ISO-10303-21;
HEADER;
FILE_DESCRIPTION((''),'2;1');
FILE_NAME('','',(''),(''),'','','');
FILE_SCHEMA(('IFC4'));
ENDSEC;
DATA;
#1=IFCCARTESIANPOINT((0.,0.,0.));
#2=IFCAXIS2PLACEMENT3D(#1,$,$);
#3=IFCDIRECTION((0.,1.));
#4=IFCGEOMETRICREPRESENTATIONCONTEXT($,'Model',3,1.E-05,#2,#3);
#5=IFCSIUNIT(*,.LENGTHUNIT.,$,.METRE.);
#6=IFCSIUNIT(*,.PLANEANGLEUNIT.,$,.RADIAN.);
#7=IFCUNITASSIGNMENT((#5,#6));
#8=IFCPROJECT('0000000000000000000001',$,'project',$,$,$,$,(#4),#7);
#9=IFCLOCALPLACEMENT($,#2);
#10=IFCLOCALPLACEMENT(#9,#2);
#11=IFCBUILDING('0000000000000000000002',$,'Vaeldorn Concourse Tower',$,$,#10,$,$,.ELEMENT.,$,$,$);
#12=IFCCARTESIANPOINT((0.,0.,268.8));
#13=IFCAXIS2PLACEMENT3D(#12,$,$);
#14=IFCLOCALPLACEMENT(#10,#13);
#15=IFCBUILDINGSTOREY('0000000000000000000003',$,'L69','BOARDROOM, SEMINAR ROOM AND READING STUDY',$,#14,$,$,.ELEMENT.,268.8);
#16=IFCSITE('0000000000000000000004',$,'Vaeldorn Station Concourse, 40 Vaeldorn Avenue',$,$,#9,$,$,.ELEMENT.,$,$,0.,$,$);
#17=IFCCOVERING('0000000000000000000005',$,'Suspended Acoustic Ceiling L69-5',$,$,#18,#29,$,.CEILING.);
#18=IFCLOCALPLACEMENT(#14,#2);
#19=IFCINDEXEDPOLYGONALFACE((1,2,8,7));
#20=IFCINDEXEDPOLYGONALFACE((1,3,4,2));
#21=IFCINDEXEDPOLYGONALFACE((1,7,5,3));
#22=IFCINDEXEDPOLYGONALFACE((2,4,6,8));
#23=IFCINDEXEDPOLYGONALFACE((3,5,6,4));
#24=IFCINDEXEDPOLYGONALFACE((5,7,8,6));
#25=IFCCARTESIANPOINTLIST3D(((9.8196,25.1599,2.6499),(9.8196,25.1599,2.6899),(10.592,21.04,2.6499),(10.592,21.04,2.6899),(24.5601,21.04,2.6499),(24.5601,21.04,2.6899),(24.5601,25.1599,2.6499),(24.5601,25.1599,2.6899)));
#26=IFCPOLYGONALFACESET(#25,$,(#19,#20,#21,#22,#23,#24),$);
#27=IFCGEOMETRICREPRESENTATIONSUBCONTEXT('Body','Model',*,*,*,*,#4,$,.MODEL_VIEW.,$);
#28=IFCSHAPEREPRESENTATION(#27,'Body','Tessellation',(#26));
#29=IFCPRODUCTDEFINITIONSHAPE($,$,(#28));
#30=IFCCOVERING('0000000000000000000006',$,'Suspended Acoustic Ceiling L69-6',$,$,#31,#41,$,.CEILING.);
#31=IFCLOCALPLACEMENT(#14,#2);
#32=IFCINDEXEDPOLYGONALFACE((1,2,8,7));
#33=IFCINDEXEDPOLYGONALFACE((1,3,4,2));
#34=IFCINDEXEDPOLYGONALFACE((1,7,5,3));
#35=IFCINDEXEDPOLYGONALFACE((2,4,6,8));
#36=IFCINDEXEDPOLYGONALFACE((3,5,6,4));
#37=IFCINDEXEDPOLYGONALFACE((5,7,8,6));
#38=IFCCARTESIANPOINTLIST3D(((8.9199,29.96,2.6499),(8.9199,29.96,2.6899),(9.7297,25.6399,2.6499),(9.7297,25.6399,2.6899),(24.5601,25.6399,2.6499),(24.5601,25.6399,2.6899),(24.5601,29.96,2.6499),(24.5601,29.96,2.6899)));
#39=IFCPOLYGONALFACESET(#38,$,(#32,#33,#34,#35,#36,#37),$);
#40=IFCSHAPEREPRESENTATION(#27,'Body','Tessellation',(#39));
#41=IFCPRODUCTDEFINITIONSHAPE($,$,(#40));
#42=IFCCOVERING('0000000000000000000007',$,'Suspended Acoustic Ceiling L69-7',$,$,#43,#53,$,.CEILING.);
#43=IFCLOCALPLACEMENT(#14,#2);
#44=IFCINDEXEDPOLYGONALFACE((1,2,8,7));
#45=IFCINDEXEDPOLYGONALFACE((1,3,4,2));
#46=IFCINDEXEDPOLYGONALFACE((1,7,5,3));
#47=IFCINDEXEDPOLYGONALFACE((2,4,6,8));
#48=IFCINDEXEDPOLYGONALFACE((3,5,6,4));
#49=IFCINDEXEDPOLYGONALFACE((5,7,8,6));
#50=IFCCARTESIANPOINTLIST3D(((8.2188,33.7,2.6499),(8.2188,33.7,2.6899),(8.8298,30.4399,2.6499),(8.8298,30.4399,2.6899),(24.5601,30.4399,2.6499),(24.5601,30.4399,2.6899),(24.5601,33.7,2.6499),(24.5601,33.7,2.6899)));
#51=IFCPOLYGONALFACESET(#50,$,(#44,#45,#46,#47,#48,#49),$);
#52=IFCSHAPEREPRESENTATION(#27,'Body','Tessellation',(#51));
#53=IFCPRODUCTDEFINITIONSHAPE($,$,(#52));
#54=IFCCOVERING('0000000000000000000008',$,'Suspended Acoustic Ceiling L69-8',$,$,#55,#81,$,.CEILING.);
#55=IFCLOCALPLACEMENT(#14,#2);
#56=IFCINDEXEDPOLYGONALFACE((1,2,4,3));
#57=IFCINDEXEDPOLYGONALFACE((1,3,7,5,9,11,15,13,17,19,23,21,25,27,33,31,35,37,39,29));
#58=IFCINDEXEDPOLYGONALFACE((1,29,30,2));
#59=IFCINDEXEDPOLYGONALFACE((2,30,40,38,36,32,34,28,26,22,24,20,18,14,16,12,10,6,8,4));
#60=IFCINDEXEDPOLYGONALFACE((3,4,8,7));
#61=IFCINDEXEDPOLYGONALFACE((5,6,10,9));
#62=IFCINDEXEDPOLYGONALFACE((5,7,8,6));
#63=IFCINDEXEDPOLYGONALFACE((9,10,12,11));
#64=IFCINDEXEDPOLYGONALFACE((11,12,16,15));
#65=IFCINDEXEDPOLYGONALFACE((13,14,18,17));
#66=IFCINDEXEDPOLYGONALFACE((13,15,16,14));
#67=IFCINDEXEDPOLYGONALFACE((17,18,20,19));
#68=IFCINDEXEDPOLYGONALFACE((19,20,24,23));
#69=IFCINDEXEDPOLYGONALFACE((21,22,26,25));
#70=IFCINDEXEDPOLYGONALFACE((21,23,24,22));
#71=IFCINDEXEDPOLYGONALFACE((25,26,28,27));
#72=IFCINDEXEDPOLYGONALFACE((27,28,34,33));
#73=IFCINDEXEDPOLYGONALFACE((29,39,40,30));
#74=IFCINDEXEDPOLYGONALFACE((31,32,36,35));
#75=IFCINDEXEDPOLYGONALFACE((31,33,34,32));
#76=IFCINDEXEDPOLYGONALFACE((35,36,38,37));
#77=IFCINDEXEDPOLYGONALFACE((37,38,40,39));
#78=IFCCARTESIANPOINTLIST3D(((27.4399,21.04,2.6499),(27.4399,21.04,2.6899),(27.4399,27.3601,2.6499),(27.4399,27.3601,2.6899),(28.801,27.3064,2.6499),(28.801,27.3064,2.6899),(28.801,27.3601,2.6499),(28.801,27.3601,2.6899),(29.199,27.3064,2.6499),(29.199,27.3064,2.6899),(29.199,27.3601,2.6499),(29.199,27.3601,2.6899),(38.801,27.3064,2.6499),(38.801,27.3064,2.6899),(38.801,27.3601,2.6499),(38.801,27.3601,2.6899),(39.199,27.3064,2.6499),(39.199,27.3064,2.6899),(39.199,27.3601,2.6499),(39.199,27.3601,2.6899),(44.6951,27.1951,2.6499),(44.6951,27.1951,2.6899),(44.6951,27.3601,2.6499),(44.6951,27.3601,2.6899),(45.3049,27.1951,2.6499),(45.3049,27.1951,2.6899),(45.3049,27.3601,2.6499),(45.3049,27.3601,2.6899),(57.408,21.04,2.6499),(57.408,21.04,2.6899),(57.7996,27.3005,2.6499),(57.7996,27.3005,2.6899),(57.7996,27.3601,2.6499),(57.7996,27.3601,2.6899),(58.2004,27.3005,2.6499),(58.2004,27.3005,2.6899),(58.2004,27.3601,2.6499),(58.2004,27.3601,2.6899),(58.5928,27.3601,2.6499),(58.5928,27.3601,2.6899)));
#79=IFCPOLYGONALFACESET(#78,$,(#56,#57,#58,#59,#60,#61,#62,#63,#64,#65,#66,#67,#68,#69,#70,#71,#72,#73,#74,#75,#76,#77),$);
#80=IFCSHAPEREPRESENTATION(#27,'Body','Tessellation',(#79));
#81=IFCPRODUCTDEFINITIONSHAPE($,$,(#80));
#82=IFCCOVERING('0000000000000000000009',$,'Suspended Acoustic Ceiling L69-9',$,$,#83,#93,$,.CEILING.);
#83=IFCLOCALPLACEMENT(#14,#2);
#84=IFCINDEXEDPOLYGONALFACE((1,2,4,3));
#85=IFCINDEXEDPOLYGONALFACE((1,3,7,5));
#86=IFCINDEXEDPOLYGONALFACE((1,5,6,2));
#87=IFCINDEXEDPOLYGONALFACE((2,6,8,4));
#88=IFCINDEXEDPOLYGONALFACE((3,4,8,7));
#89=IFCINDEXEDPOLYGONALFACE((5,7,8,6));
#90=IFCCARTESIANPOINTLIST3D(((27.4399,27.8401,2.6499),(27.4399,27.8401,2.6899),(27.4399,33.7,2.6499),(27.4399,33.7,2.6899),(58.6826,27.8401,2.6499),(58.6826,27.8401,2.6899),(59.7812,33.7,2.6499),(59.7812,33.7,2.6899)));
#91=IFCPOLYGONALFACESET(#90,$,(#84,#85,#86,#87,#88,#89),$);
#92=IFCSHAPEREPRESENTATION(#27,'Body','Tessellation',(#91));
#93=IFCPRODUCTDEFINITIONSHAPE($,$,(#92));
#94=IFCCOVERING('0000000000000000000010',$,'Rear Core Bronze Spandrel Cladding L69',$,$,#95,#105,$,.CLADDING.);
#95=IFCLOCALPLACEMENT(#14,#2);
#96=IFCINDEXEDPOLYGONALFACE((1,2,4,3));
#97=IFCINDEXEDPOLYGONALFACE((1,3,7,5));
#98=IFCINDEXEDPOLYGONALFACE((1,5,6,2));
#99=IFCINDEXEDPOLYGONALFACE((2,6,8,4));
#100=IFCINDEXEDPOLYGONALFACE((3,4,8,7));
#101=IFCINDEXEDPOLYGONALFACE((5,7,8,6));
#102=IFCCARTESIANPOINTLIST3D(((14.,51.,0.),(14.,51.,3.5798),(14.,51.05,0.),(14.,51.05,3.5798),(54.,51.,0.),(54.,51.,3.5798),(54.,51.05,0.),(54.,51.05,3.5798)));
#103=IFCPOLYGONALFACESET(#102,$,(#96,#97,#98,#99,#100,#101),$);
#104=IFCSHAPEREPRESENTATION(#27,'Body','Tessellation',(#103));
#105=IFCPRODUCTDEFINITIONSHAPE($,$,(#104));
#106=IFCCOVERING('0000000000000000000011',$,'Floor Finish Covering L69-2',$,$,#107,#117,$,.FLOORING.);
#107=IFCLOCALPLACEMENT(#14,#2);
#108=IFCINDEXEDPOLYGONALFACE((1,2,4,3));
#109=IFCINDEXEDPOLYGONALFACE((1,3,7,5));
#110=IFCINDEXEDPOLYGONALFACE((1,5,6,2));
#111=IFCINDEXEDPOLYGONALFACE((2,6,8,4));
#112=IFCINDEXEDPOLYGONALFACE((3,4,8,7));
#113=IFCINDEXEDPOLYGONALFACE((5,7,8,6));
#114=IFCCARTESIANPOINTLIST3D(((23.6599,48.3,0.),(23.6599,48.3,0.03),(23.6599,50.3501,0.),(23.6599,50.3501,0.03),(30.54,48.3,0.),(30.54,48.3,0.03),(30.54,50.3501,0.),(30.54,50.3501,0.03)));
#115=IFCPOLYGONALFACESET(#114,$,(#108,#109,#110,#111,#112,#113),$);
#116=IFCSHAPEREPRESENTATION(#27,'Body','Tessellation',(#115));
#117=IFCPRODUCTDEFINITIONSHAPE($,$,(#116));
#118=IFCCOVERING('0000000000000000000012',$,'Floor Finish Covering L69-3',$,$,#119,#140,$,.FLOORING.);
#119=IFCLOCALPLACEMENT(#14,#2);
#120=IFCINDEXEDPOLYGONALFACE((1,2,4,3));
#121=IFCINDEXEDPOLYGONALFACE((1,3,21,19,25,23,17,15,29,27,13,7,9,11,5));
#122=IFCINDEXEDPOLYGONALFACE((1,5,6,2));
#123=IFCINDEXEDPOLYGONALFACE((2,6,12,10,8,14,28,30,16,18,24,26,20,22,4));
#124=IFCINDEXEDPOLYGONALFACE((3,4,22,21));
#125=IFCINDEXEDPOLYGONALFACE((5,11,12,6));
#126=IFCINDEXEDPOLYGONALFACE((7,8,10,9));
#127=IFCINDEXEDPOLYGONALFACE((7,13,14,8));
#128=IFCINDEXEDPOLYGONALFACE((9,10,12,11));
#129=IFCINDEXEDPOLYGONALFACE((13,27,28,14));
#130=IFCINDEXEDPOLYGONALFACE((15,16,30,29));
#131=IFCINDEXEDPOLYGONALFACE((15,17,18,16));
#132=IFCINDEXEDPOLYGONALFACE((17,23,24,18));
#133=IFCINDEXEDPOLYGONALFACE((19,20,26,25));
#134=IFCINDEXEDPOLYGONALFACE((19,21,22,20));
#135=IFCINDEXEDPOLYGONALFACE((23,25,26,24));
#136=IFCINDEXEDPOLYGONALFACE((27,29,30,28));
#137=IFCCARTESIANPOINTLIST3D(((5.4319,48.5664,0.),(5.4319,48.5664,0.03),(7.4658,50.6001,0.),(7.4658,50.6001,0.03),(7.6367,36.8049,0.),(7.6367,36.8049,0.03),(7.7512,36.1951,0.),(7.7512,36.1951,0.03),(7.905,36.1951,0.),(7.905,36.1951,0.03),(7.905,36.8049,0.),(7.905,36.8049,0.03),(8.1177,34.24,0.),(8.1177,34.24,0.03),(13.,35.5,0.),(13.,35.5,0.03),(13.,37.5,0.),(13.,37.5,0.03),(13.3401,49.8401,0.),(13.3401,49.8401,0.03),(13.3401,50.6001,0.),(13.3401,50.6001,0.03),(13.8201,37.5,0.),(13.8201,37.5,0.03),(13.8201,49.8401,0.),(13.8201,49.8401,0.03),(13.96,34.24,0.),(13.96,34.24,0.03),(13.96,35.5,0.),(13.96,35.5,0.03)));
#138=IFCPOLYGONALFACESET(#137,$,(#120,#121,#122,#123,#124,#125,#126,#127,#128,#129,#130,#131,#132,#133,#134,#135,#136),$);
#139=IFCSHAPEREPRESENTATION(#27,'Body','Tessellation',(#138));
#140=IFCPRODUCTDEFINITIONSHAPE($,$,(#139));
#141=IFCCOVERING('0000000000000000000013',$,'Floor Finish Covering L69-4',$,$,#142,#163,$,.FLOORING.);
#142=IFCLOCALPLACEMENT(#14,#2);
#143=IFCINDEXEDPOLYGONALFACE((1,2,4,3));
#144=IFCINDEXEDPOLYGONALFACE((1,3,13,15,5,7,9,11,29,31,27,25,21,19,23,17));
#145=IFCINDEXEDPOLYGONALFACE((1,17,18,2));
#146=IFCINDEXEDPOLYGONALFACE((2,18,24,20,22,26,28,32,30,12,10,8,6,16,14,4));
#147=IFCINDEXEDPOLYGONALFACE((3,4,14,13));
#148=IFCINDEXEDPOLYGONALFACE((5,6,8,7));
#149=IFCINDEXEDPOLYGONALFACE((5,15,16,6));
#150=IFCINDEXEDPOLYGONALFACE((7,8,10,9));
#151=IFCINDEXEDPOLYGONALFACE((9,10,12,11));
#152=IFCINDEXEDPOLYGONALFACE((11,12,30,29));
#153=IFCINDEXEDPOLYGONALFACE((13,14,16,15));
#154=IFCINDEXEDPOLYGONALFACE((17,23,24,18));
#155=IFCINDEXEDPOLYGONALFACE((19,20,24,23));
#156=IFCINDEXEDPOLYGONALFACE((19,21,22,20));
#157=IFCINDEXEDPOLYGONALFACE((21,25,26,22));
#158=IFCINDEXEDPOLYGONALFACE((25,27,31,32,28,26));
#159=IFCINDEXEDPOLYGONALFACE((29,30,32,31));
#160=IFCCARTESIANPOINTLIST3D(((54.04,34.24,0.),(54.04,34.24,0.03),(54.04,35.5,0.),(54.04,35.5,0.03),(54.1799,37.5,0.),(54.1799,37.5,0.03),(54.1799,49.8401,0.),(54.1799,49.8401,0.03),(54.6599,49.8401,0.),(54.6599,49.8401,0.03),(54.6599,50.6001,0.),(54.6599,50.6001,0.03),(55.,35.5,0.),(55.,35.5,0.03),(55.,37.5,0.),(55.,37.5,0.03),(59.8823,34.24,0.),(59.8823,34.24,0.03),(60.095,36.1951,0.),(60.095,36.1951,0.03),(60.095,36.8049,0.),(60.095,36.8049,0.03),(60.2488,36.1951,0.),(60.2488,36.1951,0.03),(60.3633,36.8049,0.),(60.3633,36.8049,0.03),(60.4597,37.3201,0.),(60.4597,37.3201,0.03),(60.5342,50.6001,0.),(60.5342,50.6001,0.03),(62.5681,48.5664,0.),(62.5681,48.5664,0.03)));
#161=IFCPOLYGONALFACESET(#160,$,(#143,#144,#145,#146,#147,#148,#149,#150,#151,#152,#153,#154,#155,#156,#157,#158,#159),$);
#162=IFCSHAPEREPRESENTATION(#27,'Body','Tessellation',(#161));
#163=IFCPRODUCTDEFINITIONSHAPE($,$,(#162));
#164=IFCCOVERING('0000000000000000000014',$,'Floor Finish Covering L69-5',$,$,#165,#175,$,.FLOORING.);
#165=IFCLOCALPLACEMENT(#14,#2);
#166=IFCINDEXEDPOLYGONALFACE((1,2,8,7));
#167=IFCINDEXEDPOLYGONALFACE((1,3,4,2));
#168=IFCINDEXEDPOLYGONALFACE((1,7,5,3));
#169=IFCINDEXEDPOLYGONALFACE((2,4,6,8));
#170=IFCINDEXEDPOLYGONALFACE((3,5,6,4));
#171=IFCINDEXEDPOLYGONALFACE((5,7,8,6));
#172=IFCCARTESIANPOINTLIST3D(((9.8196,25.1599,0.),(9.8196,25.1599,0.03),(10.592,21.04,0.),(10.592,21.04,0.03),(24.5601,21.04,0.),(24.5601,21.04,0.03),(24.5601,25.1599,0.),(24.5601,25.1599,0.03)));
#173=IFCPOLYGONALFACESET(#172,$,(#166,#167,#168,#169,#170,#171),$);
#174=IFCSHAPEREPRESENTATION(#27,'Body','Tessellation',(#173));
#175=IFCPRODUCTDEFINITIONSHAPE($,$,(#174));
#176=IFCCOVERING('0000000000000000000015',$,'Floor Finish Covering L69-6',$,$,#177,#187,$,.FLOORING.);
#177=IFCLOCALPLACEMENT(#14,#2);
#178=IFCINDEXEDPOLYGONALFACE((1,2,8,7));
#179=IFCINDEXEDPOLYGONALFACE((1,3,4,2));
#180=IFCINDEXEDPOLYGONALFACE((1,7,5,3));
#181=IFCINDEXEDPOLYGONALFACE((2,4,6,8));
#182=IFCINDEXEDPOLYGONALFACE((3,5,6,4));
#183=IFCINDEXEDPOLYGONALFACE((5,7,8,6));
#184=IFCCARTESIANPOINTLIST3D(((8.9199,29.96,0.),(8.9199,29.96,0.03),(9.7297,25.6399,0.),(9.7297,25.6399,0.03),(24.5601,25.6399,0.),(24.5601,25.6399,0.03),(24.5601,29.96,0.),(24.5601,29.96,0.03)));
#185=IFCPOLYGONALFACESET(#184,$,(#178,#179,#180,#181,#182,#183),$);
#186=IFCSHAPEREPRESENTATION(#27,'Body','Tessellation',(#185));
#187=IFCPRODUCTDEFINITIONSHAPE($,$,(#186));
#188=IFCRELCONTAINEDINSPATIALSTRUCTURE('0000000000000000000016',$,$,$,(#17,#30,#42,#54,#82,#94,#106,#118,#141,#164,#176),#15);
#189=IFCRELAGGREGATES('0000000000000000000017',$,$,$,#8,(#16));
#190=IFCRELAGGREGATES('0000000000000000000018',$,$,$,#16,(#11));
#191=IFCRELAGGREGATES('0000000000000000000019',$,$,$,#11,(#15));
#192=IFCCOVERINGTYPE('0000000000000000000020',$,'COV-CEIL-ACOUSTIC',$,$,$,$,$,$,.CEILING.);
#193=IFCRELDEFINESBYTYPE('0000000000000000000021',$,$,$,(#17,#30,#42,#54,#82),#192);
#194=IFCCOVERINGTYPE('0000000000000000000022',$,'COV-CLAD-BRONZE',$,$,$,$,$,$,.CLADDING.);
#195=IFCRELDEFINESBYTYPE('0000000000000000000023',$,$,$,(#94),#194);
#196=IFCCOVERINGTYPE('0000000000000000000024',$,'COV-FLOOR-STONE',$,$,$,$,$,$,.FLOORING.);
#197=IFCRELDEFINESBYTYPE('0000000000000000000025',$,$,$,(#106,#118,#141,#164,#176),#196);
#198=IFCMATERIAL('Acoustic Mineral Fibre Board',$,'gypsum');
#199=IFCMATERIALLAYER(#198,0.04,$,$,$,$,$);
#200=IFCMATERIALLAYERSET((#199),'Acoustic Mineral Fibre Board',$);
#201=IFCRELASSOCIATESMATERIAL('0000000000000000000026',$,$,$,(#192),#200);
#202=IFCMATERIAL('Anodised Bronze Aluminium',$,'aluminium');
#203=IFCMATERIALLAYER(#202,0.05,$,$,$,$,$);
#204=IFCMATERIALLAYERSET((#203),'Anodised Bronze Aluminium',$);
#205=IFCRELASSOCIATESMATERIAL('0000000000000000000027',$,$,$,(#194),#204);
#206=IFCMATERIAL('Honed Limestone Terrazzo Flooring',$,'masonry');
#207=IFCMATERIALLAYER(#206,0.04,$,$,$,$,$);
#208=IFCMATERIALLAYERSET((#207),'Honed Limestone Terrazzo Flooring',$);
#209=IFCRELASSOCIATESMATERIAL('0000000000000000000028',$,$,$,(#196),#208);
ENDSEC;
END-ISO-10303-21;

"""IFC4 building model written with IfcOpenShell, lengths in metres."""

from ifc_helpers import new_model, si_unit, direction, frame, origin, place, context, subcontext, project, spatial, polyline, outline, extrude, material, layer, layer_set, type_object, element, save


model = new_model("IFC4")

# Units and contexts
model_context = context("Model", 3, precision=1e-05, world=origin(), true_north=direction((0.0, 1.0)))
body_context = subcontext(model_context, "Body", "Model", "MODEL_VIEW")
ifc_project = project(units=[si_unit("LENGTHUNIT", "METRE"), si_unit("PLANEANGLEUNIT", "RADIAN")], contexts=[model_context])

# Site, building, storey
site_placement = place(None, origin())
site = spatial("IfcSite", under=ifc_project, at=site_placement, Name="Vaeldorn Station Concourse, 40 Vaeldorn Avenue", CompositionType="ELEMENT", RefElevation=0.0)
building_placement = place(site_placement, origin())
building = spatial("IfcBuilding", under=site, at=building_placement, Name="Vaeldorn Concourse Tower", CompositionType="ELEMENT")
storey_placement = place(building_placement, frame((0.0, 0.0, 268.8)))
storey = spatial("IfcBuildingStorey", under=building, at=storey_placement, Name="L69", Description="BOARDROOM, SEMINAR ROOM AND READING STUDY", CompositionType="ELEMENT", Elevation=268.8)

# Coverings
ifc_material_1 = material(Name="Acoustic Mineral Fibre Board", Category="gypsum")
ifc_layer_1 = layer(ifc_material_1, 0.04)
ifc_layer_set_1 = layer_set([ifc_layer_1], Name="Acoustic Mineral Fibre Board")
covering_type_1 = type_object("IfcCoveringType", Name="COV-CEIL-ACOUSTIC", PredefinedType="CEILING", material=ifc_layer_set_1)
covering_1_placement = place(storey_placement, frame((0.0, 0.0, 2.6499)))
element("IfcCovering", 1, at=covering_1_placement, inside=storey, type_object=covering_type_1, Name="Suspended Acoustic Ceiling L69-5", PredefinedType="CEILING", context=body_context, shape_type="SweptSolid", body=[
    extrude(outline(polyline([(24.5601, 25.1599), (24.5601, 21.04), (10.592, 21.04), (9.8196, 25.1599), (24.5601, 25.1599)])), origin(), (0.0, 0.0, 1.0), 0.04),
])
covering_2_placement = place(storey_placement, frame((0.0, 0.0, 2.6499)))
element("IfcCovering", 2, at=covering_2_placement, inside=storey, type_object=covering_type_1, Name="Suspended Acoustic Ceiling L69-6", PredefinedType="CEILING", context=body_context, shape_type="SweptSolid", body=[
    extrude(outline(polyline([(24.5601, 29.96), (24.5601, 25.6399), (9.7297, 25.6399), (8.9199, 29.96), (24.5601, 29.96)])), origin(), (0.0, 0.0, 1.0), 0.04),
])
covering_3_placement = place(storey_placement, frame((0.0, 0.0, 2.6499)))
element("IfcCovering", 3, at=covering_3_placement, inside=storey, type_object=covering_type_1, Name="Suspended Acoustic Ceiling L69-7", PredefinedType="CEILING", context=body_context, shape_type="SweptSolid", body=[
    extrude(outline(polyline([(24.5601, 33.7), (24.5601, 30.4399), (8.8298, 30.4399), (8.2188, 33.7), (24.5601, 33.7)])), origin(), (0.0, 0.0, 1.0), 0.04),
])
covering_4_placement = place(storey_placement, frame((0.0, 0.0, 2.6499)))
element("IfcCovering", 4, at=covering_4_placement, inside=storey, type_object=covering_type_1, Name="Suspended Acoustic Ceiling L69-8", PredefinedType="CEILING", context=body_context, shape_type="SweptSolid", body=[
    extrude(outline(polyline([(57.408, 21.04), (27.4399, 21.04), (27.4399, 27.3601), (28.801, 27.3601), (28.801, 27.3064), (29.199, 27.3064), (29.199, 27.3601), (38.801, 27.3601), (38.801, 27.3064), (39.199, 27.3064), (39.199, 27.3601), (44.6951, 27.3601), (44.6951, 27.1951), (45.3049, 27.1951), (45.3049, 27.3601), (57.7996, 27.3601), (57.7996, 27.3005), (58.2004, 27.3005), (58.2004, 27.3601), (58.5928, 27.3601), (57.408, 21.04)])), origin(), (0.0, 0.0, 1.0), 0.04),
])
covering_5_placement = place(storey_placement, frame((0.0, 0.0, 2.6499)))
element("IfcCovering", 5, at=covering_5_placement, inside=storey, type_object=covering_type_1, Name="Suspended Acoustic Ceiling L69-9", PredefinedType="CEILING", context=body_context, shape_type="SweptSolid", body=[
    extrude(outline(polyline([(27.4399, 33.7), (59.7812, 33.7), (58.6826, 27.8401), (27.4399, 27.8401), (27.4399, 33.7)])), origin(), (0.0, 0.0, 1.0), 0.04),
])
ifc_material_2 = material(Name="Anodised Bronze Aluminium", Category="aluminium")
ifc_layer_2 = layer(ifc_material_2, 0.05)
ifc_layer_set_2 = layer_set([ifc_layer_2], Name="Anodised Bronze Aluminium")
covering_type_2 = type_object("IfcCoveringType", Name="COV-CLAD-BRONZE", PredefinedType="CLADDING", material=ifc_layer_set_2)
covering_6_placement = place(storey_placement, origin())
element("IfcCovering", 6, at=covering_6_placement, inside=storey, type_object=covering_type_2, Name="Rear Core Bronze Spandrel Cladding L69", PredefinedType="CLADDING", context=body_context, shape_type="SweptSolid", body=[
    extrude(outline(polyline([(14.0, 51.0), (54.0, 51.0), (54.0, 51.05), (14.0, 51.05), (14.0, 51.0)])), origin(), (0.0, 0.0, 1.0), 3.5798),
])
ifc_material_3 = material(Name="Honed Limestone Terrazzo Flooring", Category="masonry")
ifc_layer_3 = layer(ifc_material_3, 0.04)
ifc_layer_set_3 = layer_set([ifc_layer_3], Name="Honed Limestone Terrazzo Flooring")
covering_type_3 = type_object("IfcCoveringType", Name="COV-FLOOR-STONE", PredefinedType="FLOORING", material=ifc_layer_set_3)
covering_7_placement = place(storey_placement, origin())
element("IfcCovering", 7, at=covering_7_placement, inside=storey, type_object=covering_type_3, Name="Floor Finish Covering L69-2", PredefinedType="FLOORING", context=body_context, shape_type="SweptSolid", body=[
    extrude(outline(polyline([(30.54, 50.3501), (30.54, 48.3), (23.6599, 48.3), (23.6599, 50.3501), (30.54, 50.3501)])), origin(), (0.0, 0.0, 1.0), 0.03),
])
covering_8_placement = place(storey_placement, origin())
element("IfcCovering", 8, at=covering_8_placement, inside=storey, type_object=covering_type_3, Name="Floor Finish Covering L69-3", PredefinedType="FLOORING", context=body_context, shape_type="SweptSolid", body=[
    extrude(outline(polyline([(7.4658, 50.6001), (13.3401, 50.6001), (13.3401, 49.8401), (13.8201, 49.8401), (13.8201, 37.5), (13.0, 37.5), (13.0, 35.5), (13.96, 35.5), (13.96, 34.24), (8.1177, 34.24), (7.7512, 36.1951), (7.905, 36.1951), (7.905, 36.8049), (7.6367, 36.8049), (5.4319, 48.5664), (7.4658, 50.6001)])), origin(), (0.0, 0.0, 1.0), 0.03),
])
covering_9_placement = place(storey_placement, origin())
element("IfcCovering", 9, at=covering_9_placement, inside=storey, type_object=covering_type_3, Name="Floor Finish Covering L69-4", PredefinedType="FLOORING", context=body_context, shape_type="SweptSolid", body=[
    extrude(outline(polyline([(54.1799, 49.8401), (54.6599, 49.8401), (54.6599, 50.6001), (60.5342, 50.6001), (62.5681, 48.5664), (60.4597, 37.3201), (60.4597, 37.3201), (60.3633, 36.8049), (60.095, 36.8049), (60.095, 36.1951), (60.2488, 36.1951), (59.8823, 34.24), (54.04, 34.24), (54.04, 35.5), (55.0, 35.5), (55.0, 37.5), (54.1799, 37.5), (54.1799, 49.8401)])), origin(), (0.0, 0.0, 1.0), 0.03),
])
covering_10_placement = place(storey_placement, origin())
element("IfcCovering", 10, at=covering_10_placement, inside=storey, type_object=covering_type_3, Name="Floor Finish Covering L69-5", PredefinedType="FLOORING", context=body_context, shape_type="SweptSolid", body=[
    extrude(outline(polyline([(24.5601, 25.1599), (24.5601, 21.04), (10.592, 21.04), (9.8196, 25.1599), (24.5601, 25.1599)])), origin(), (0.0, 0.0, 1.0), 0.03),
])
covering_11_placement = place(storey_placement, origin())
element("IfcCovering", 11, at=covering_11_placement, inside=storey, type_object=covering_type_3, Name="Floor Finish Covering L69-6", PredefinedType="FLOORING", context=body_context, shape_type="SweptSolid", body=[
    extrude(outline(polyline([(24.5601, 29.96), (24.5601, 25.6399), (9.7297, 25.6399), (8.9199, 29.96), (24.5601, 29.96)])), origin(), (0.0, 0.0, 1.0), 0.03),
])

save(model, "model.ifc")
